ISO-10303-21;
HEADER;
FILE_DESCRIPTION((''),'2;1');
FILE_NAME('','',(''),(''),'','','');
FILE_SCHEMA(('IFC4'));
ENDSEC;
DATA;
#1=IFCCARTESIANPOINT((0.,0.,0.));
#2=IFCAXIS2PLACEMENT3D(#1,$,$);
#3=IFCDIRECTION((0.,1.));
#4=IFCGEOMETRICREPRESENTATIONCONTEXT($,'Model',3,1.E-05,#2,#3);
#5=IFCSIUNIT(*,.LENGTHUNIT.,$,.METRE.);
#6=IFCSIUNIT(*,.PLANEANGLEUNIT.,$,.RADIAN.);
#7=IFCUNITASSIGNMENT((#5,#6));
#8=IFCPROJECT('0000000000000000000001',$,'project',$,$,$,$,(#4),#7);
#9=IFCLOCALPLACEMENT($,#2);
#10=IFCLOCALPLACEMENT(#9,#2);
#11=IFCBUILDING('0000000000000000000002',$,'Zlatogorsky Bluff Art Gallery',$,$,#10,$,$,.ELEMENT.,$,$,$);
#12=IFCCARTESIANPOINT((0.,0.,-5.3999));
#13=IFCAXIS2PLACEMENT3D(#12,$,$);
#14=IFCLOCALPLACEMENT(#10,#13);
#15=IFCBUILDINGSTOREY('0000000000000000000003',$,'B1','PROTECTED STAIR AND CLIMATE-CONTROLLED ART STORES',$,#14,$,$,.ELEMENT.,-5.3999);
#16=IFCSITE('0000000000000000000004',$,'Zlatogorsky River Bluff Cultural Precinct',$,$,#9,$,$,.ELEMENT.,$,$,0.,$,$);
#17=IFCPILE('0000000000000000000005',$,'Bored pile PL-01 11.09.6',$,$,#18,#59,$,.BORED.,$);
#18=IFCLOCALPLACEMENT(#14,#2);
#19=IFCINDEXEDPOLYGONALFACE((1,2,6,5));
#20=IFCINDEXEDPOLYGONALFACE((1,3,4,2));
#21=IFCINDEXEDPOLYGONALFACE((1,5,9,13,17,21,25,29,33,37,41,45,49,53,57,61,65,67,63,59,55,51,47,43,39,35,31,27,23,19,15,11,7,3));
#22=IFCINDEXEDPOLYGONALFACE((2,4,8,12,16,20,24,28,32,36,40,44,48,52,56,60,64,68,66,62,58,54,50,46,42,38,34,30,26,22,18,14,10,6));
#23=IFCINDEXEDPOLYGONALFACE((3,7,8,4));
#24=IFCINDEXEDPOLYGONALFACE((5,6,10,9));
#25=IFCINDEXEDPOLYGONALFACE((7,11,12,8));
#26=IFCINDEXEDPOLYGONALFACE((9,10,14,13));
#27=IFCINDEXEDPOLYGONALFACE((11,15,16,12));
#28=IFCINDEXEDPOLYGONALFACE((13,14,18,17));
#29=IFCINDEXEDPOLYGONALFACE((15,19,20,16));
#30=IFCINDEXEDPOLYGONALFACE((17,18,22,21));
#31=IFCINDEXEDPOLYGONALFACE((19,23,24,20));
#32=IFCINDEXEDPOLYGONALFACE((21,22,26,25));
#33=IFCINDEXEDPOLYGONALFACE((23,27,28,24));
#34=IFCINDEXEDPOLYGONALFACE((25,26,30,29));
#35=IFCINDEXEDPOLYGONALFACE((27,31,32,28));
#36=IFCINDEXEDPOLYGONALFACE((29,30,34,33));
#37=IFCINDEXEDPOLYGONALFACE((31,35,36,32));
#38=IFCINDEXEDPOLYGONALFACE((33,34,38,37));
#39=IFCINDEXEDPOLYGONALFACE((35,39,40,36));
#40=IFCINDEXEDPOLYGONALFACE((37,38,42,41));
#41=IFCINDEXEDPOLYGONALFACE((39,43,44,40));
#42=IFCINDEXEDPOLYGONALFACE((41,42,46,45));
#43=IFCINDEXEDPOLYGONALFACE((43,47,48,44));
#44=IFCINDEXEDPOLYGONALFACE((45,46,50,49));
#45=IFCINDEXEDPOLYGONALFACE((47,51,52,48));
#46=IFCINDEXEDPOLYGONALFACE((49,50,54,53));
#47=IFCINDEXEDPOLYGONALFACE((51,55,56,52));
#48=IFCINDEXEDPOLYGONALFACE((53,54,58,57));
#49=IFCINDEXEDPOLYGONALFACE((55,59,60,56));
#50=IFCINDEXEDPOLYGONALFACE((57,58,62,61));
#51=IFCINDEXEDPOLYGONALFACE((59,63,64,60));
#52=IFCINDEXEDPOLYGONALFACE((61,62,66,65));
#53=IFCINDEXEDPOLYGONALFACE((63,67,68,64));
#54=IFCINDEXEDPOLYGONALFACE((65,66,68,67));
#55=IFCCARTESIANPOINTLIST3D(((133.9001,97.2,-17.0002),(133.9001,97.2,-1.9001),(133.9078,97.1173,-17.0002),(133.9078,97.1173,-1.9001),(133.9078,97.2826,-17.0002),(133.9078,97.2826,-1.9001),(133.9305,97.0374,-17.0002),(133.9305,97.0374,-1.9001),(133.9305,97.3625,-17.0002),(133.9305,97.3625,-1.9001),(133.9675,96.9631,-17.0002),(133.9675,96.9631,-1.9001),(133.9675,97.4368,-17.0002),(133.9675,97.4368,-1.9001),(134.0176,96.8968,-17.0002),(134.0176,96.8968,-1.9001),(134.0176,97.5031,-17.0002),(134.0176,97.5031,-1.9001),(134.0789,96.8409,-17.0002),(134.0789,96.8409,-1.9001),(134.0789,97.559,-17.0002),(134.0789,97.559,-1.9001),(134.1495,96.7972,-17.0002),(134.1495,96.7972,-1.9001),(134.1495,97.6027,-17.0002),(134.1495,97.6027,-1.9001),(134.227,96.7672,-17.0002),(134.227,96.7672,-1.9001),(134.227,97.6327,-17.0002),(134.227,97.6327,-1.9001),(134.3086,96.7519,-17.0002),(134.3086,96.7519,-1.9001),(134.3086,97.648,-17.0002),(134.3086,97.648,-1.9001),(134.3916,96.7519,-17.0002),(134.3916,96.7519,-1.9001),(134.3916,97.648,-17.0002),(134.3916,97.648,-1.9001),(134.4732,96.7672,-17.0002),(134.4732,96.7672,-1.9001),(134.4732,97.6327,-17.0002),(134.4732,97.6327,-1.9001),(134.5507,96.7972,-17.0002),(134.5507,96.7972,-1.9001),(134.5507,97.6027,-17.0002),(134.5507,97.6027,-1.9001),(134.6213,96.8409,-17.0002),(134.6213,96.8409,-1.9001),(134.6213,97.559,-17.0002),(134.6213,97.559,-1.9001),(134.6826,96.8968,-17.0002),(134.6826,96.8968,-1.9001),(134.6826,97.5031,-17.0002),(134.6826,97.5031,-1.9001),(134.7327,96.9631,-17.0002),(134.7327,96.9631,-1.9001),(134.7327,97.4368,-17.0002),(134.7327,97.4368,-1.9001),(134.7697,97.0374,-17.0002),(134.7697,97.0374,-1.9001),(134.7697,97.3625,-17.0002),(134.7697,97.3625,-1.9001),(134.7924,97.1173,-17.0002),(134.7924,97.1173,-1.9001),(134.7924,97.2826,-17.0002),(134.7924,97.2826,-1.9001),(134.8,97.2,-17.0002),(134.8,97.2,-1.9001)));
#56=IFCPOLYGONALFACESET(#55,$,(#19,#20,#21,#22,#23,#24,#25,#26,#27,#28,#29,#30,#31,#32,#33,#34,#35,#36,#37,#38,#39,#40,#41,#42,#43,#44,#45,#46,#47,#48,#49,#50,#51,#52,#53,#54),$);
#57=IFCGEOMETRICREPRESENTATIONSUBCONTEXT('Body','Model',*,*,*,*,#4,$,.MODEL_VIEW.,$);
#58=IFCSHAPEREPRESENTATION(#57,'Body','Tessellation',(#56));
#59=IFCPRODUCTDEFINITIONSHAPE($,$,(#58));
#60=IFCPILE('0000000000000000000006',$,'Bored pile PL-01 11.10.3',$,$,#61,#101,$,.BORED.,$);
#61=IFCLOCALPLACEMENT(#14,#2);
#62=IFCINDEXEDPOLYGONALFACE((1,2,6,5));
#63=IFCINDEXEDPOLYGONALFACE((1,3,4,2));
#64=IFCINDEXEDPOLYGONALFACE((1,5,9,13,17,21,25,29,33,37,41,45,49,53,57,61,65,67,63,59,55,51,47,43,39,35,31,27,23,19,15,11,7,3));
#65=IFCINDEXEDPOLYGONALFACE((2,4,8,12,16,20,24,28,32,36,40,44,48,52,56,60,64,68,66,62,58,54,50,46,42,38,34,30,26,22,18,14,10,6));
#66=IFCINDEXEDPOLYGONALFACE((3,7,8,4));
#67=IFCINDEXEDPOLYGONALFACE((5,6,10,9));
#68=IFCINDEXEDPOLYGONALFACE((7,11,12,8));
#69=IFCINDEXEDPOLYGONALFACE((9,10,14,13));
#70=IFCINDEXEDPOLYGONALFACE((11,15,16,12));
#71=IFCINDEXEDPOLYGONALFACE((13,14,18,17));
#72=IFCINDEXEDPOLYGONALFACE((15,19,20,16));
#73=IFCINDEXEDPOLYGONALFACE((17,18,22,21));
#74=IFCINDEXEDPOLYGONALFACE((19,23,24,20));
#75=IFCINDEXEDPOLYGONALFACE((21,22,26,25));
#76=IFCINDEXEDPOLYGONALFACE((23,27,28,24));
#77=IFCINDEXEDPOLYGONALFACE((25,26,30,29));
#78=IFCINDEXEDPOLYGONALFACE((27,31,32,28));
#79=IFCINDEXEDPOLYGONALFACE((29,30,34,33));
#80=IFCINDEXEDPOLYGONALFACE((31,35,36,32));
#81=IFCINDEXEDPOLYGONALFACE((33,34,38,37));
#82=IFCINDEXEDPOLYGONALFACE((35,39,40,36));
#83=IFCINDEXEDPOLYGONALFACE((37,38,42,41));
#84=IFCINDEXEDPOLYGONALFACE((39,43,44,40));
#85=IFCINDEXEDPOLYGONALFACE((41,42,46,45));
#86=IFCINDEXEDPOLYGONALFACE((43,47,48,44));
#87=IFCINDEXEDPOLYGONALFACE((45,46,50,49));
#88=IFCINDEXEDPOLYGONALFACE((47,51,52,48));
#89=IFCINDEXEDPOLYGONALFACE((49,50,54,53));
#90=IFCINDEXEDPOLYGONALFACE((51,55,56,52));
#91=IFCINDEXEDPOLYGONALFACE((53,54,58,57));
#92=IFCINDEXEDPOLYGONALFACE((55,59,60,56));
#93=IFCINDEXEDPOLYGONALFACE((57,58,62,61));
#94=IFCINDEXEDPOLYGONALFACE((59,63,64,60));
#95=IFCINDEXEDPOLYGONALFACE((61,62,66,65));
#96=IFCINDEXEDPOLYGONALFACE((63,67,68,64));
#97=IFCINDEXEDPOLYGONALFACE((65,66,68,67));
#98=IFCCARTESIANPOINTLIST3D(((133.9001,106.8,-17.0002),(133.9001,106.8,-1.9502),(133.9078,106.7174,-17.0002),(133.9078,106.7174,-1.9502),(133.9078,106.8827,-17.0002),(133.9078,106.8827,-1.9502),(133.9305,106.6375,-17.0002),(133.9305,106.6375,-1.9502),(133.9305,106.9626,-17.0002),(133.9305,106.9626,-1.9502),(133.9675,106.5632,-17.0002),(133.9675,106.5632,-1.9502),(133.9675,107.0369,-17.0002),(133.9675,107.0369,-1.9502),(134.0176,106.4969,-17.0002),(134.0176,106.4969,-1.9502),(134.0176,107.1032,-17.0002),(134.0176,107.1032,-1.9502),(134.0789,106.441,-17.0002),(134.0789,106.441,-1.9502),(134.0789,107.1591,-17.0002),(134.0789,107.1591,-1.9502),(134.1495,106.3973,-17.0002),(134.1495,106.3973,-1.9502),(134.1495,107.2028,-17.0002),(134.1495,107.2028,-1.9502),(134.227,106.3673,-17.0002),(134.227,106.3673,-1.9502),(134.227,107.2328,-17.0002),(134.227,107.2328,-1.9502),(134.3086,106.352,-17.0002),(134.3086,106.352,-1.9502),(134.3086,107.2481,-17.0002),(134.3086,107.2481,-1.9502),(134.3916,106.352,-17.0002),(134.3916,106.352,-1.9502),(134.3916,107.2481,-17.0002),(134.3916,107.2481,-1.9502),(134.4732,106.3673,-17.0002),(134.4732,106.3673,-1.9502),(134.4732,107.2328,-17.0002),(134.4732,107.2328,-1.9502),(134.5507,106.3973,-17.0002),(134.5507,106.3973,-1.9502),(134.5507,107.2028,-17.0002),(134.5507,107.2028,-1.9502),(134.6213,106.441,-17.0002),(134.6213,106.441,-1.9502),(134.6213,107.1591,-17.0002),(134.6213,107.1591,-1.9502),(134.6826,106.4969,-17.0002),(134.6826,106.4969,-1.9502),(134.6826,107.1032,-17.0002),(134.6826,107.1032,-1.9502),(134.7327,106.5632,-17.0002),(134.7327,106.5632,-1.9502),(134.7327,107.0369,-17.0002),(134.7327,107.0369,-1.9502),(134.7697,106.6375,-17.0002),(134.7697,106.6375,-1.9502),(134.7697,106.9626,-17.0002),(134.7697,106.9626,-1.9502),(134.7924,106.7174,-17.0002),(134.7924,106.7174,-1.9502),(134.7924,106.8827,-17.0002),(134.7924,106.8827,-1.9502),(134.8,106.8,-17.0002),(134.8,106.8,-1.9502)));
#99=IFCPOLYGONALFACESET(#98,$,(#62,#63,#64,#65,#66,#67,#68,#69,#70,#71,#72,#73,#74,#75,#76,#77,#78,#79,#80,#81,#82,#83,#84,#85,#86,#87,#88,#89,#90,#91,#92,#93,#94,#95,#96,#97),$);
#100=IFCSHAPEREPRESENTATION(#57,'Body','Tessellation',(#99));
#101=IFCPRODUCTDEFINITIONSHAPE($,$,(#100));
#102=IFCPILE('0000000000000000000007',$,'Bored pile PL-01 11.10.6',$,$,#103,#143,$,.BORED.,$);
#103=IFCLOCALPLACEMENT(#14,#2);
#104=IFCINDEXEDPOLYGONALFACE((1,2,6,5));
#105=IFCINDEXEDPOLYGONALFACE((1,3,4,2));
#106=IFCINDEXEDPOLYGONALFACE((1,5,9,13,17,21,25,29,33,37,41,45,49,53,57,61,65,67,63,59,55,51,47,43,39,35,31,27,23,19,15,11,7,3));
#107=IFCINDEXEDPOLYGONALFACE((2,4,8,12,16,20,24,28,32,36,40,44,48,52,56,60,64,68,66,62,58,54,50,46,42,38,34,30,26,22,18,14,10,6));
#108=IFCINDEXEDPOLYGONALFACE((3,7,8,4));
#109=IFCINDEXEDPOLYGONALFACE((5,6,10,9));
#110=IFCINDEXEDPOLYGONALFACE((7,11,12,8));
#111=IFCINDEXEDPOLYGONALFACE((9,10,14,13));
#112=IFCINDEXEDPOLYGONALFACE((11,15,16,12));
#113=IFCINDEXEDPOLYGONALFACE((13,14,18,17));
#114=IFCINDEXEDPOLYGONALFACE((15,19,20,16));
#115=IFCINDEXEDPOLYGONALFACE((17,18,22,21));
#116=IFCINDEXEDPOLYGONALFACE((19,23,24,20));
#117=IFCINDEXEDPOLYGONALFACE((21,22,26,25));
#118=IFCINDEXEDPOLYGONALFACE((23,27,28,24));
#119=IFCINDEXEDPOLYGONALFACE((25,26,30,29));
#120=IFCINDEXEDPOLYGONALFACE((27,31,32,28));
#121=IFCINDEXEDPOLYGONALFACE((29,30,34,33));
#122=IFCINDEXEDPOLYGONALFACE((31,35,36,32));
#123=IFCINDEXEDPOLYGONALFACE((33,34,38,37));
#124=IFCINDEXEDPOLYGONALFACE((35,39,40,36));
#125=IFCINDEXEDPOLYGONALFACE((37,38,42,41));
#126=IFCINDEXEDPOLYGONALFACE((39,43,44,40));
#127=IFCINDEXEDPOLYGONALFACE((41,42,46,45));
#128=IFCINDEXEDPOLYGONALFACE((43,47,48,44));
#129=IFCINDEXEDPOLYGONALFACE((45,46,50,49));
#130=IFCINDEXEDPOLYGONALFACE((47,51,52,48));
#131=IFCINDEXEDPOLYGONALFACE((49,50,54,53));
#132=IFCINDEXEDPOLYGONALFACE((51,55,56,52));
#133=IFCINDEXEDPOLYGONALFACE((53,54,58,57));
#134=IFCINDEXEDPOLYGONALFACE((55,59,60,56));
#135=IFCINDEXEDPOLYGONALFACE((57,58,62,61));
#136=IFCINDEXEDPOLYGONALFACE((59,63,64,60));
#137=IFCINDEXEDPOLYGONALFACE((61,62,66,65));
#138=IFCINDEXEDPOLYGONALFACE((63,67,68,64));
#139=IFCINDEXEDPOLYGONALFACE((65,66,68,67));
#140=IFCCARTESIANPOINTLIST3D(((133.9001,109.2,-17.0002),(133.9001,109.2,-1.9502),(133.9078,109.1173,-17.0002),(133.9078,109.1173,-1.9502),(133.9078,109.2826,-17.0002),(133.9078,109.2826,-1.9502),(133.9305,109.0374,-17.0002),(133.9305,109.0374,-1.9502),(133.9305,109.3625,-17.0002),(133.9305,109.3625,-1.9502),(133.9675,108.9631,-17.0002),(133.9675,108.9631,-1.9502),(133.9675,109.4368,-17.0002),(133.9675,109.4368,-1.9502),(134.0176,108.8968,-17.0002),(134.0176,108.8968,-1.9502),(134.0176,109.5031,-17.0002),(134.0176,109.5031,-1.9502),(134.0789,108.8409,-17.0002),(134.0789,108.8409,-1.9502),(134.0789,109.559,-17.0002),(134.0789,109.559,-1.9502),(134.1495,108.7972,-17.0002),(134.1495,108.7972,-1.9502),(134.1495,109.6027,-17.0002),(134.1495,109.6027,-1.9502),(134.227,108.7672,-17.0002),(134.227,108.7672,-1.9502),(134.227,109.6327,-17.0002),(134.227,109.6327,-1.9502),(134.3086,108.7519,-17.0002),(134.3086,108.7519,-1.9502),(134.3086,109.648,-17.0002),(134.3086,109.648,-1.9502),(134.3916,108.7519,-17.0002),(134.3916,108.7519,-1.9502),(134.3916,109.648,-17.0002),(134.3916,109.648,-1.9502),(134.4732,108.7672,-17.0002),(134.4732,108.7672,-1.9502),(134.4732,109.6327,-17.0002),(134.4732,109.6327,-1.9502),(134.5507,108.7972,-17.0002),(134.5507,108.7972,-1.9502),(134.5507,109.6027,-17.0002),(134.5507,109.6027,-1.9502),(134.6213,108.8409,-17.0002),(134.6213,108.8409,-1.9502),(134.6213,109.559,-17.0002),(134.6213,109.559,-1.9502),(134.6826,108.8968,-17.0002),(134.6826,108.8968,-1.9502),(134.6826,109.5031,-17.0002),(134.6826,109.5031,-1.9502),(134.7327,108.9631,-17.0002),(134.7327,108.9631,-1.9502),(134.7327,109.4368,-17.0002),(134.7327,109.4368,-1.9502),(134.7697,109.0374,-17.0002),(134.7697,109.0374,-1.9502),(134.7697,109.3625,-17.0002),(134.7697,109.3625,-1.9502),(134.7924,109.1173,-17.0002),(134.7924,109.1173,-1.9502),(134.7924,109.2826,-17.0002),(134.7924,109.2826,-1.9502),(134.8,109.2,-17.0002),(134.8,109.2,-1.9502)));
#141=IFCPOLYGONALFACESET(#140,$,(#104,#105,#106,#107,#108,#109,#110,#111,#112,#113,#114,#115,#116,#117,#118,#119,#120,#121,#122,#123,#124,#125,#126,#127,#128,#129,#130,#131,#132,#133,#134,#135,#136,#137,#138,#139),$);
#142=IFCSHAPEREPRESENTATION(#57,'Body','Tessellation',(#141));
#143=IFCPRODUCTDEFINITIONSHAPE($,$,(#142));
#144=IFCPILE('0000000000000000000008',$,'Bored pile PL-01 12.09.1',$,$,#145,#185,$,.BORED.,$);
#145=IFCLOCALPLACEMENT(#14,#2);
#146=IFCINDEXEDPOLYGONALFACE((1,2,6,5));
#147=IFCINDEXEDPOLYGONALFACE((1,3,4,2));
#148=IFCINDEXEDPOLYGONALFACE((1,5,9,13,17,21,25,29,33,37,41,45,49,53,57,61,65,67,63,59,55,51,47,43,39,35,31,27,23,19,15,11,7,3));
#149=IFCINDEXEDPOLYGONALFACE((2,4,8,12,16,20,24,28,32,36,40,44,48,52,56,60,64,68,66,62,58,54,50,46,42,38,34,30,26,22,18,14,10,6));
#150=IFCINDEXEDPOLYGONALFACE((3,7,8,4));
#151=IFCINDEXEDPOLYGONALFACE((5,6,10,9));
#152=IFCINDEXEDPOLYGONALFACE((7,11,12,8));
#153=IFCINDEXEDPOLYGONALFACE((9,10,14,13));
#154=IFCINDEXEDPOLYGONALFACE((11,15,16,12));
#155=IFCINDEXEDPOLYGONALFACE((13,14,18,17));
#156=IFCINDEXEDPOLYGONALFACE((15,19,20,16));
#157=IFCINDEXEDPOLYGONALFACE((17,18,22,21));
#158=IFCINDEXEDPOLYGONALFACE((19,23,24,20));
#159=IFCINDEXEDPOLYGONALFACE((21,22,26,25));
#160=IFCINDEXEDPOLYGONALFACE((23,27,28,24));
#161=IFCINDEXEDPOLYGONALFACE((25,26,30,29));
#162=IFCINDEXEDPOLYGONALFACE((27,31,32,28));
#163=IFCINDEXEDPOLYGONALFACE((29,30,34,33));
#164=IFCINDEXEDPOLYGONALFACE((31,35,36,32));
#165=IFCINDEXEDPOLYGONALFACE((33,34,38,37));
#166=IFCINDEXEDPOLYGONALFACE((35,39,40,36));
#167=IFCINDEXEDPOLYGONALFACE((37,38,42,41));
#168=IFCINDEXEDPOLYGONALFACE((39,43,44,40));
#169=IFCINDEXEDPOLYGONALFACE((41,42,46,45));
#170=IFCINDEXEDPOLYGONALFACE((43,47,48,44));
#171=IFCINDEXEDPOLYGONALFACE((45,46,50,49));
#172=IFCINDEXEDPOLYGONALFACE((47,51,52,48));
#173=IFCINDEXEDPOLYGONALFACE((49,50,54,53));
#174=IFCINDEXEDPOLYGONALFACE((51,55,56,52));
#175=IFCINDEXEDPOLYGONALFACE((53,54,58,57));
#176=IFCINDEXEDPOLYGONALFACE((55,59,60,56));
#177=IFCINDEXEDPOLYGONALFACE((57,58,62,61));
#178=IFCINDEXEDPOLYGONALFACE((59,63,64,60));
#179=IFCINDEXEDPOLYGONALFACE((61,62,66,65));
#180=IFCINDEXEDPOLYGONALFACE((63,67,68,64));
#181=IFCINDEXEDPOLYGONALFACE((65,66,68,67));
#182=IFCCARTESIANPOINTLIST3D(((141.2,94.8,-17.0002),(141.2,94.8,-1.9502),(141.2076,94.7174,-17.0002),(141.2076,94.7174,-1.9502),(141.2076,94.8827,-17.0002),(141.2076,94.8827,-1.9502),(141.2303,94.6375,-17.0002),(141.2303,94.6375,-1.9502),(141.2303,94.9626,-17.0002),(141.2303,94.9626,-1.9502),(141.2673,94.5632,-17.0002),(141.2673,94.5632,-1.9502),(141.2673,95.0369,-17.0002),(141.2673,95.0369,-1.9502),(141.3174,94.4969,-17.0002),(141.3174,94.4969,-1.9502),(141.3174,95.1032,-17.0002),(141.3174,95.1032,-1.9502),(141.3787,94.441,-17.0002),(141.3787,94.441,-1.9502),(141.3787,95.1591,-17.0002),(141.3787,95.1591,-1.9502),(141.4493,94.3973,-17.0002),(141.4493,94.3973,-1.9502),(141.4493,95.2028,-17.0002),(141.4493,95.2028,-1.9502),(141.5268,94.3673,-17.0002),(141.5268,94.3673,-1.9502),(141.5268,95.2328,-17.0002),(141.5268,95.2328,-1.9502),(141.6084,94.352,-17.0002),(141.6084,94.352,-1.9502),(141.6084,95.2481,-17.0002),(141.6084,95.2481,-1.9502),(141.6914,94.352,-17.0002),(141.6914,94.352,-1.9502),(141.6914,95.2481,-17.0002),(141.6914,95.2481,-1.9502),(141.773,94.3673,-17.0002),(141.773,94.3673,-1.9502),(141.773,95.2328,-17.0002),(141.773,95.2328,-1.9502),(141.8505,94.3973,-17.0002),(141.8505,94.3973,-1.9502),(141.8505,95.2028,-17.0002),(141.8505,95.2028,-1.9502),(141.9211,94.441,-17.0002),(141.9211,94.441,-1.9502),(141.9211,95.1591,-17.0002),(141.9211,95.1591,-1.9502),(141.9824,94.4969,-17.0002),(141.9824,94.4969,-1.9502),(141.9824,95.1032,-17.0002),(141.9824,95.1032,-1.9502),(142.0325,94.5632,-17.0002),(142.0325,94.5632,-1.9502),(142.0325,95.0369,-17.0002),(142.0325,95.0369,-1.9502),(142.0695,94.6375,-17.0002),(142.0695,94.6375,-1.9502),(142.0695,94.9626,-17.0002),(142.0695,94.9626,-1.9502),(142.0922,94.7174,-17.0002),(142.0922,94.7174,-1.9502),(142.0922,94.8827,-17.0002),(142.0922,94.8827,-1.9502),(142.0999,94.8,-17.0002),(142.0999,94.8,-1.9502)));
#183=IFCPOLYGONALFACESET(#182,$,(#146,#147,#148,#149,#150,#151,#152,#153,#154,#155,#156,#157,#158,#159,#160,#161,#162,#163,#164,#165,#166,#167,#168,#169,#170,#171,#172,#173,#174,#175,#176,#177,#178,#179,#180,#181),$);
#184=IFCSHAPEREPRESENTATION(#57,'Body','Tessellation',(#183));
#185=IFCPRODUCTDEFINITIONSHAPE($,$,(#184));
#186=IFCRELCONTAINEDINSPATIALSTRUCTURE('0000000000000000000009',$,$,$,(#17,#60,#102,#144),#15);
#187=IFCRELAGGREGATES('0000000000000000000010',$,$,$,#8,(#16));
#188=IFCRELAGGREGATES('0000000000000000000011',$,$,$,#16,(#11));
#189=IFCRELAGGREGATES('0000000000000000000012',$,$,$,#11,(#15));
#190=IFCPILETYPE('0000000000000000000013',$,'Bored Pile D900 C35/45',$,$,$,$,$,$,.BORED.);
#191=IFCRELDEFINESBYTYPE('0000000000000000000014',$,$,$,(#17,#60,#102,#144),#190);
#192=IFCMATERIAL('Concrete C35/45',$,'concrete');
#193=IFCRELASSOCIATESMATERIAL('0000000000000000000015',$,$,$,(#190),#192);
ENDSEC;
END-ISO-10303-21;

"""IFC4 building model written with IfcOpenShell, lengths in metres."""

from ifc_helpers import new_model, si_unit, direction, frame, origin, origin_2d, place, context, subcontext, project, spatial, circle, extrude, material, material_profile, profile_set, type_object, element, save


model = new_model("IFC4")

# Units and contexts
model_context = context("Model", 3, precision=1e-05, world=origin(), true_north=direction((0.0, 1.0)))
body_context = subcontext(model_context, "Body", "Model", "MODEL_VIEW")
ifc_project = project(units=[si_unit("LENGTHUNIT", "METRE"), si_unit("PLANEANGLEUNIT", "RADIAN")], contexts=[model_context])

# Site, building, storey
site_placement = place(None, origin())
site = spatial("IfcSite", under=ifc_project, at=site_placement, Name="Zlatogorsky River Bluff Cultural Precinct", CompositionType="ELEMENT", RefElevation=0.0)
building_placement = place(site_placement, origin())
building = spatial("IfcBuilding", under=site, at=building_placement, Name="Zlatogorsky Bluff Art Gallery", CompositionType="ELEMENT")
storey_placement = place(building_placement, frame((0.0, 0.0, -5.3999)))
storey = spatial("IfcBuildingStorey", under=building, at=storey_placement, Name="B1", Description="PROTECTED STAIR AND CLIMATE-CONTROLLED ART STORES", CompositionType="ELEMENT", Elevation=-5.3999)

# Piles
ifc_material_1 = material(Name="Concrete C35/45", Category="concrete")
ifc_material_profile_1 = material_profile(ifc_material_1, circle(Radius=0.45, at=origin_2d()), Name="BORED PILE D900")
ifc_profile_set_1 = profile_set([ifc_material_profile_1], Name="Concrete C35/45")
pile_type = type_object("IfcPileType", Name="Bored Pile D900 C35/45", PredefinedType="BORED", material=ifc_profile_set_1)
pile_placement = place(storey_placement, frame((134.3501, 97.2, -1.9001), z_axis=(0.0, 0.0, -1.0), x_axis=(1.0, 0.0, 0.0)))
element("IfcPile", 1, at=pile_placement, inside=storey, type_object=pile_type, Name="Bored pile PL-01 11.09.6", PredefinedType="BORED", context=body_context, shape_type="SweptSolid", body=[
    extrude(circle(Radius=0.45, at=origin_2d()), origin(), (0.0, 0.0, 1.0), 15.1001),
])
for number, where, z_axis, x_axis, name in (
    (2, (134.3501, 106.8, -1.9502), (0.0, 0.0, -1.0), (1.0, 0.0, 0.0), "Bored pile PL-01 11.10.3"),
    (3, (134.3501, 109.2, -1.9502), (0.0, 0.0, -1.0), (1.0, 0.0, 0.0), "Bored pile PL-01 11.10.6"),
    (4, (141.6499, 94.8, -1.9502), (0.0, 0.0, -1.0), (1.0, 0.0, 0.0), "Bored pile PL-01 12.09.1"),
):
    element("IfcPile", number, at=place(storey_placement, frame(where, z_axis=z_axis, x_axis=x_axis)), inside=storey, type_object=pile_type, Name=name, PredefinedType="BORED", context=body_context, shape_type="SweptSolid", body=[
        extrude(circle(Radius=0.45, at=origin_2d()), origin(), (0.0, 0.0, 1.0), 15.05),
    ])

save(model, "model.ifc")
